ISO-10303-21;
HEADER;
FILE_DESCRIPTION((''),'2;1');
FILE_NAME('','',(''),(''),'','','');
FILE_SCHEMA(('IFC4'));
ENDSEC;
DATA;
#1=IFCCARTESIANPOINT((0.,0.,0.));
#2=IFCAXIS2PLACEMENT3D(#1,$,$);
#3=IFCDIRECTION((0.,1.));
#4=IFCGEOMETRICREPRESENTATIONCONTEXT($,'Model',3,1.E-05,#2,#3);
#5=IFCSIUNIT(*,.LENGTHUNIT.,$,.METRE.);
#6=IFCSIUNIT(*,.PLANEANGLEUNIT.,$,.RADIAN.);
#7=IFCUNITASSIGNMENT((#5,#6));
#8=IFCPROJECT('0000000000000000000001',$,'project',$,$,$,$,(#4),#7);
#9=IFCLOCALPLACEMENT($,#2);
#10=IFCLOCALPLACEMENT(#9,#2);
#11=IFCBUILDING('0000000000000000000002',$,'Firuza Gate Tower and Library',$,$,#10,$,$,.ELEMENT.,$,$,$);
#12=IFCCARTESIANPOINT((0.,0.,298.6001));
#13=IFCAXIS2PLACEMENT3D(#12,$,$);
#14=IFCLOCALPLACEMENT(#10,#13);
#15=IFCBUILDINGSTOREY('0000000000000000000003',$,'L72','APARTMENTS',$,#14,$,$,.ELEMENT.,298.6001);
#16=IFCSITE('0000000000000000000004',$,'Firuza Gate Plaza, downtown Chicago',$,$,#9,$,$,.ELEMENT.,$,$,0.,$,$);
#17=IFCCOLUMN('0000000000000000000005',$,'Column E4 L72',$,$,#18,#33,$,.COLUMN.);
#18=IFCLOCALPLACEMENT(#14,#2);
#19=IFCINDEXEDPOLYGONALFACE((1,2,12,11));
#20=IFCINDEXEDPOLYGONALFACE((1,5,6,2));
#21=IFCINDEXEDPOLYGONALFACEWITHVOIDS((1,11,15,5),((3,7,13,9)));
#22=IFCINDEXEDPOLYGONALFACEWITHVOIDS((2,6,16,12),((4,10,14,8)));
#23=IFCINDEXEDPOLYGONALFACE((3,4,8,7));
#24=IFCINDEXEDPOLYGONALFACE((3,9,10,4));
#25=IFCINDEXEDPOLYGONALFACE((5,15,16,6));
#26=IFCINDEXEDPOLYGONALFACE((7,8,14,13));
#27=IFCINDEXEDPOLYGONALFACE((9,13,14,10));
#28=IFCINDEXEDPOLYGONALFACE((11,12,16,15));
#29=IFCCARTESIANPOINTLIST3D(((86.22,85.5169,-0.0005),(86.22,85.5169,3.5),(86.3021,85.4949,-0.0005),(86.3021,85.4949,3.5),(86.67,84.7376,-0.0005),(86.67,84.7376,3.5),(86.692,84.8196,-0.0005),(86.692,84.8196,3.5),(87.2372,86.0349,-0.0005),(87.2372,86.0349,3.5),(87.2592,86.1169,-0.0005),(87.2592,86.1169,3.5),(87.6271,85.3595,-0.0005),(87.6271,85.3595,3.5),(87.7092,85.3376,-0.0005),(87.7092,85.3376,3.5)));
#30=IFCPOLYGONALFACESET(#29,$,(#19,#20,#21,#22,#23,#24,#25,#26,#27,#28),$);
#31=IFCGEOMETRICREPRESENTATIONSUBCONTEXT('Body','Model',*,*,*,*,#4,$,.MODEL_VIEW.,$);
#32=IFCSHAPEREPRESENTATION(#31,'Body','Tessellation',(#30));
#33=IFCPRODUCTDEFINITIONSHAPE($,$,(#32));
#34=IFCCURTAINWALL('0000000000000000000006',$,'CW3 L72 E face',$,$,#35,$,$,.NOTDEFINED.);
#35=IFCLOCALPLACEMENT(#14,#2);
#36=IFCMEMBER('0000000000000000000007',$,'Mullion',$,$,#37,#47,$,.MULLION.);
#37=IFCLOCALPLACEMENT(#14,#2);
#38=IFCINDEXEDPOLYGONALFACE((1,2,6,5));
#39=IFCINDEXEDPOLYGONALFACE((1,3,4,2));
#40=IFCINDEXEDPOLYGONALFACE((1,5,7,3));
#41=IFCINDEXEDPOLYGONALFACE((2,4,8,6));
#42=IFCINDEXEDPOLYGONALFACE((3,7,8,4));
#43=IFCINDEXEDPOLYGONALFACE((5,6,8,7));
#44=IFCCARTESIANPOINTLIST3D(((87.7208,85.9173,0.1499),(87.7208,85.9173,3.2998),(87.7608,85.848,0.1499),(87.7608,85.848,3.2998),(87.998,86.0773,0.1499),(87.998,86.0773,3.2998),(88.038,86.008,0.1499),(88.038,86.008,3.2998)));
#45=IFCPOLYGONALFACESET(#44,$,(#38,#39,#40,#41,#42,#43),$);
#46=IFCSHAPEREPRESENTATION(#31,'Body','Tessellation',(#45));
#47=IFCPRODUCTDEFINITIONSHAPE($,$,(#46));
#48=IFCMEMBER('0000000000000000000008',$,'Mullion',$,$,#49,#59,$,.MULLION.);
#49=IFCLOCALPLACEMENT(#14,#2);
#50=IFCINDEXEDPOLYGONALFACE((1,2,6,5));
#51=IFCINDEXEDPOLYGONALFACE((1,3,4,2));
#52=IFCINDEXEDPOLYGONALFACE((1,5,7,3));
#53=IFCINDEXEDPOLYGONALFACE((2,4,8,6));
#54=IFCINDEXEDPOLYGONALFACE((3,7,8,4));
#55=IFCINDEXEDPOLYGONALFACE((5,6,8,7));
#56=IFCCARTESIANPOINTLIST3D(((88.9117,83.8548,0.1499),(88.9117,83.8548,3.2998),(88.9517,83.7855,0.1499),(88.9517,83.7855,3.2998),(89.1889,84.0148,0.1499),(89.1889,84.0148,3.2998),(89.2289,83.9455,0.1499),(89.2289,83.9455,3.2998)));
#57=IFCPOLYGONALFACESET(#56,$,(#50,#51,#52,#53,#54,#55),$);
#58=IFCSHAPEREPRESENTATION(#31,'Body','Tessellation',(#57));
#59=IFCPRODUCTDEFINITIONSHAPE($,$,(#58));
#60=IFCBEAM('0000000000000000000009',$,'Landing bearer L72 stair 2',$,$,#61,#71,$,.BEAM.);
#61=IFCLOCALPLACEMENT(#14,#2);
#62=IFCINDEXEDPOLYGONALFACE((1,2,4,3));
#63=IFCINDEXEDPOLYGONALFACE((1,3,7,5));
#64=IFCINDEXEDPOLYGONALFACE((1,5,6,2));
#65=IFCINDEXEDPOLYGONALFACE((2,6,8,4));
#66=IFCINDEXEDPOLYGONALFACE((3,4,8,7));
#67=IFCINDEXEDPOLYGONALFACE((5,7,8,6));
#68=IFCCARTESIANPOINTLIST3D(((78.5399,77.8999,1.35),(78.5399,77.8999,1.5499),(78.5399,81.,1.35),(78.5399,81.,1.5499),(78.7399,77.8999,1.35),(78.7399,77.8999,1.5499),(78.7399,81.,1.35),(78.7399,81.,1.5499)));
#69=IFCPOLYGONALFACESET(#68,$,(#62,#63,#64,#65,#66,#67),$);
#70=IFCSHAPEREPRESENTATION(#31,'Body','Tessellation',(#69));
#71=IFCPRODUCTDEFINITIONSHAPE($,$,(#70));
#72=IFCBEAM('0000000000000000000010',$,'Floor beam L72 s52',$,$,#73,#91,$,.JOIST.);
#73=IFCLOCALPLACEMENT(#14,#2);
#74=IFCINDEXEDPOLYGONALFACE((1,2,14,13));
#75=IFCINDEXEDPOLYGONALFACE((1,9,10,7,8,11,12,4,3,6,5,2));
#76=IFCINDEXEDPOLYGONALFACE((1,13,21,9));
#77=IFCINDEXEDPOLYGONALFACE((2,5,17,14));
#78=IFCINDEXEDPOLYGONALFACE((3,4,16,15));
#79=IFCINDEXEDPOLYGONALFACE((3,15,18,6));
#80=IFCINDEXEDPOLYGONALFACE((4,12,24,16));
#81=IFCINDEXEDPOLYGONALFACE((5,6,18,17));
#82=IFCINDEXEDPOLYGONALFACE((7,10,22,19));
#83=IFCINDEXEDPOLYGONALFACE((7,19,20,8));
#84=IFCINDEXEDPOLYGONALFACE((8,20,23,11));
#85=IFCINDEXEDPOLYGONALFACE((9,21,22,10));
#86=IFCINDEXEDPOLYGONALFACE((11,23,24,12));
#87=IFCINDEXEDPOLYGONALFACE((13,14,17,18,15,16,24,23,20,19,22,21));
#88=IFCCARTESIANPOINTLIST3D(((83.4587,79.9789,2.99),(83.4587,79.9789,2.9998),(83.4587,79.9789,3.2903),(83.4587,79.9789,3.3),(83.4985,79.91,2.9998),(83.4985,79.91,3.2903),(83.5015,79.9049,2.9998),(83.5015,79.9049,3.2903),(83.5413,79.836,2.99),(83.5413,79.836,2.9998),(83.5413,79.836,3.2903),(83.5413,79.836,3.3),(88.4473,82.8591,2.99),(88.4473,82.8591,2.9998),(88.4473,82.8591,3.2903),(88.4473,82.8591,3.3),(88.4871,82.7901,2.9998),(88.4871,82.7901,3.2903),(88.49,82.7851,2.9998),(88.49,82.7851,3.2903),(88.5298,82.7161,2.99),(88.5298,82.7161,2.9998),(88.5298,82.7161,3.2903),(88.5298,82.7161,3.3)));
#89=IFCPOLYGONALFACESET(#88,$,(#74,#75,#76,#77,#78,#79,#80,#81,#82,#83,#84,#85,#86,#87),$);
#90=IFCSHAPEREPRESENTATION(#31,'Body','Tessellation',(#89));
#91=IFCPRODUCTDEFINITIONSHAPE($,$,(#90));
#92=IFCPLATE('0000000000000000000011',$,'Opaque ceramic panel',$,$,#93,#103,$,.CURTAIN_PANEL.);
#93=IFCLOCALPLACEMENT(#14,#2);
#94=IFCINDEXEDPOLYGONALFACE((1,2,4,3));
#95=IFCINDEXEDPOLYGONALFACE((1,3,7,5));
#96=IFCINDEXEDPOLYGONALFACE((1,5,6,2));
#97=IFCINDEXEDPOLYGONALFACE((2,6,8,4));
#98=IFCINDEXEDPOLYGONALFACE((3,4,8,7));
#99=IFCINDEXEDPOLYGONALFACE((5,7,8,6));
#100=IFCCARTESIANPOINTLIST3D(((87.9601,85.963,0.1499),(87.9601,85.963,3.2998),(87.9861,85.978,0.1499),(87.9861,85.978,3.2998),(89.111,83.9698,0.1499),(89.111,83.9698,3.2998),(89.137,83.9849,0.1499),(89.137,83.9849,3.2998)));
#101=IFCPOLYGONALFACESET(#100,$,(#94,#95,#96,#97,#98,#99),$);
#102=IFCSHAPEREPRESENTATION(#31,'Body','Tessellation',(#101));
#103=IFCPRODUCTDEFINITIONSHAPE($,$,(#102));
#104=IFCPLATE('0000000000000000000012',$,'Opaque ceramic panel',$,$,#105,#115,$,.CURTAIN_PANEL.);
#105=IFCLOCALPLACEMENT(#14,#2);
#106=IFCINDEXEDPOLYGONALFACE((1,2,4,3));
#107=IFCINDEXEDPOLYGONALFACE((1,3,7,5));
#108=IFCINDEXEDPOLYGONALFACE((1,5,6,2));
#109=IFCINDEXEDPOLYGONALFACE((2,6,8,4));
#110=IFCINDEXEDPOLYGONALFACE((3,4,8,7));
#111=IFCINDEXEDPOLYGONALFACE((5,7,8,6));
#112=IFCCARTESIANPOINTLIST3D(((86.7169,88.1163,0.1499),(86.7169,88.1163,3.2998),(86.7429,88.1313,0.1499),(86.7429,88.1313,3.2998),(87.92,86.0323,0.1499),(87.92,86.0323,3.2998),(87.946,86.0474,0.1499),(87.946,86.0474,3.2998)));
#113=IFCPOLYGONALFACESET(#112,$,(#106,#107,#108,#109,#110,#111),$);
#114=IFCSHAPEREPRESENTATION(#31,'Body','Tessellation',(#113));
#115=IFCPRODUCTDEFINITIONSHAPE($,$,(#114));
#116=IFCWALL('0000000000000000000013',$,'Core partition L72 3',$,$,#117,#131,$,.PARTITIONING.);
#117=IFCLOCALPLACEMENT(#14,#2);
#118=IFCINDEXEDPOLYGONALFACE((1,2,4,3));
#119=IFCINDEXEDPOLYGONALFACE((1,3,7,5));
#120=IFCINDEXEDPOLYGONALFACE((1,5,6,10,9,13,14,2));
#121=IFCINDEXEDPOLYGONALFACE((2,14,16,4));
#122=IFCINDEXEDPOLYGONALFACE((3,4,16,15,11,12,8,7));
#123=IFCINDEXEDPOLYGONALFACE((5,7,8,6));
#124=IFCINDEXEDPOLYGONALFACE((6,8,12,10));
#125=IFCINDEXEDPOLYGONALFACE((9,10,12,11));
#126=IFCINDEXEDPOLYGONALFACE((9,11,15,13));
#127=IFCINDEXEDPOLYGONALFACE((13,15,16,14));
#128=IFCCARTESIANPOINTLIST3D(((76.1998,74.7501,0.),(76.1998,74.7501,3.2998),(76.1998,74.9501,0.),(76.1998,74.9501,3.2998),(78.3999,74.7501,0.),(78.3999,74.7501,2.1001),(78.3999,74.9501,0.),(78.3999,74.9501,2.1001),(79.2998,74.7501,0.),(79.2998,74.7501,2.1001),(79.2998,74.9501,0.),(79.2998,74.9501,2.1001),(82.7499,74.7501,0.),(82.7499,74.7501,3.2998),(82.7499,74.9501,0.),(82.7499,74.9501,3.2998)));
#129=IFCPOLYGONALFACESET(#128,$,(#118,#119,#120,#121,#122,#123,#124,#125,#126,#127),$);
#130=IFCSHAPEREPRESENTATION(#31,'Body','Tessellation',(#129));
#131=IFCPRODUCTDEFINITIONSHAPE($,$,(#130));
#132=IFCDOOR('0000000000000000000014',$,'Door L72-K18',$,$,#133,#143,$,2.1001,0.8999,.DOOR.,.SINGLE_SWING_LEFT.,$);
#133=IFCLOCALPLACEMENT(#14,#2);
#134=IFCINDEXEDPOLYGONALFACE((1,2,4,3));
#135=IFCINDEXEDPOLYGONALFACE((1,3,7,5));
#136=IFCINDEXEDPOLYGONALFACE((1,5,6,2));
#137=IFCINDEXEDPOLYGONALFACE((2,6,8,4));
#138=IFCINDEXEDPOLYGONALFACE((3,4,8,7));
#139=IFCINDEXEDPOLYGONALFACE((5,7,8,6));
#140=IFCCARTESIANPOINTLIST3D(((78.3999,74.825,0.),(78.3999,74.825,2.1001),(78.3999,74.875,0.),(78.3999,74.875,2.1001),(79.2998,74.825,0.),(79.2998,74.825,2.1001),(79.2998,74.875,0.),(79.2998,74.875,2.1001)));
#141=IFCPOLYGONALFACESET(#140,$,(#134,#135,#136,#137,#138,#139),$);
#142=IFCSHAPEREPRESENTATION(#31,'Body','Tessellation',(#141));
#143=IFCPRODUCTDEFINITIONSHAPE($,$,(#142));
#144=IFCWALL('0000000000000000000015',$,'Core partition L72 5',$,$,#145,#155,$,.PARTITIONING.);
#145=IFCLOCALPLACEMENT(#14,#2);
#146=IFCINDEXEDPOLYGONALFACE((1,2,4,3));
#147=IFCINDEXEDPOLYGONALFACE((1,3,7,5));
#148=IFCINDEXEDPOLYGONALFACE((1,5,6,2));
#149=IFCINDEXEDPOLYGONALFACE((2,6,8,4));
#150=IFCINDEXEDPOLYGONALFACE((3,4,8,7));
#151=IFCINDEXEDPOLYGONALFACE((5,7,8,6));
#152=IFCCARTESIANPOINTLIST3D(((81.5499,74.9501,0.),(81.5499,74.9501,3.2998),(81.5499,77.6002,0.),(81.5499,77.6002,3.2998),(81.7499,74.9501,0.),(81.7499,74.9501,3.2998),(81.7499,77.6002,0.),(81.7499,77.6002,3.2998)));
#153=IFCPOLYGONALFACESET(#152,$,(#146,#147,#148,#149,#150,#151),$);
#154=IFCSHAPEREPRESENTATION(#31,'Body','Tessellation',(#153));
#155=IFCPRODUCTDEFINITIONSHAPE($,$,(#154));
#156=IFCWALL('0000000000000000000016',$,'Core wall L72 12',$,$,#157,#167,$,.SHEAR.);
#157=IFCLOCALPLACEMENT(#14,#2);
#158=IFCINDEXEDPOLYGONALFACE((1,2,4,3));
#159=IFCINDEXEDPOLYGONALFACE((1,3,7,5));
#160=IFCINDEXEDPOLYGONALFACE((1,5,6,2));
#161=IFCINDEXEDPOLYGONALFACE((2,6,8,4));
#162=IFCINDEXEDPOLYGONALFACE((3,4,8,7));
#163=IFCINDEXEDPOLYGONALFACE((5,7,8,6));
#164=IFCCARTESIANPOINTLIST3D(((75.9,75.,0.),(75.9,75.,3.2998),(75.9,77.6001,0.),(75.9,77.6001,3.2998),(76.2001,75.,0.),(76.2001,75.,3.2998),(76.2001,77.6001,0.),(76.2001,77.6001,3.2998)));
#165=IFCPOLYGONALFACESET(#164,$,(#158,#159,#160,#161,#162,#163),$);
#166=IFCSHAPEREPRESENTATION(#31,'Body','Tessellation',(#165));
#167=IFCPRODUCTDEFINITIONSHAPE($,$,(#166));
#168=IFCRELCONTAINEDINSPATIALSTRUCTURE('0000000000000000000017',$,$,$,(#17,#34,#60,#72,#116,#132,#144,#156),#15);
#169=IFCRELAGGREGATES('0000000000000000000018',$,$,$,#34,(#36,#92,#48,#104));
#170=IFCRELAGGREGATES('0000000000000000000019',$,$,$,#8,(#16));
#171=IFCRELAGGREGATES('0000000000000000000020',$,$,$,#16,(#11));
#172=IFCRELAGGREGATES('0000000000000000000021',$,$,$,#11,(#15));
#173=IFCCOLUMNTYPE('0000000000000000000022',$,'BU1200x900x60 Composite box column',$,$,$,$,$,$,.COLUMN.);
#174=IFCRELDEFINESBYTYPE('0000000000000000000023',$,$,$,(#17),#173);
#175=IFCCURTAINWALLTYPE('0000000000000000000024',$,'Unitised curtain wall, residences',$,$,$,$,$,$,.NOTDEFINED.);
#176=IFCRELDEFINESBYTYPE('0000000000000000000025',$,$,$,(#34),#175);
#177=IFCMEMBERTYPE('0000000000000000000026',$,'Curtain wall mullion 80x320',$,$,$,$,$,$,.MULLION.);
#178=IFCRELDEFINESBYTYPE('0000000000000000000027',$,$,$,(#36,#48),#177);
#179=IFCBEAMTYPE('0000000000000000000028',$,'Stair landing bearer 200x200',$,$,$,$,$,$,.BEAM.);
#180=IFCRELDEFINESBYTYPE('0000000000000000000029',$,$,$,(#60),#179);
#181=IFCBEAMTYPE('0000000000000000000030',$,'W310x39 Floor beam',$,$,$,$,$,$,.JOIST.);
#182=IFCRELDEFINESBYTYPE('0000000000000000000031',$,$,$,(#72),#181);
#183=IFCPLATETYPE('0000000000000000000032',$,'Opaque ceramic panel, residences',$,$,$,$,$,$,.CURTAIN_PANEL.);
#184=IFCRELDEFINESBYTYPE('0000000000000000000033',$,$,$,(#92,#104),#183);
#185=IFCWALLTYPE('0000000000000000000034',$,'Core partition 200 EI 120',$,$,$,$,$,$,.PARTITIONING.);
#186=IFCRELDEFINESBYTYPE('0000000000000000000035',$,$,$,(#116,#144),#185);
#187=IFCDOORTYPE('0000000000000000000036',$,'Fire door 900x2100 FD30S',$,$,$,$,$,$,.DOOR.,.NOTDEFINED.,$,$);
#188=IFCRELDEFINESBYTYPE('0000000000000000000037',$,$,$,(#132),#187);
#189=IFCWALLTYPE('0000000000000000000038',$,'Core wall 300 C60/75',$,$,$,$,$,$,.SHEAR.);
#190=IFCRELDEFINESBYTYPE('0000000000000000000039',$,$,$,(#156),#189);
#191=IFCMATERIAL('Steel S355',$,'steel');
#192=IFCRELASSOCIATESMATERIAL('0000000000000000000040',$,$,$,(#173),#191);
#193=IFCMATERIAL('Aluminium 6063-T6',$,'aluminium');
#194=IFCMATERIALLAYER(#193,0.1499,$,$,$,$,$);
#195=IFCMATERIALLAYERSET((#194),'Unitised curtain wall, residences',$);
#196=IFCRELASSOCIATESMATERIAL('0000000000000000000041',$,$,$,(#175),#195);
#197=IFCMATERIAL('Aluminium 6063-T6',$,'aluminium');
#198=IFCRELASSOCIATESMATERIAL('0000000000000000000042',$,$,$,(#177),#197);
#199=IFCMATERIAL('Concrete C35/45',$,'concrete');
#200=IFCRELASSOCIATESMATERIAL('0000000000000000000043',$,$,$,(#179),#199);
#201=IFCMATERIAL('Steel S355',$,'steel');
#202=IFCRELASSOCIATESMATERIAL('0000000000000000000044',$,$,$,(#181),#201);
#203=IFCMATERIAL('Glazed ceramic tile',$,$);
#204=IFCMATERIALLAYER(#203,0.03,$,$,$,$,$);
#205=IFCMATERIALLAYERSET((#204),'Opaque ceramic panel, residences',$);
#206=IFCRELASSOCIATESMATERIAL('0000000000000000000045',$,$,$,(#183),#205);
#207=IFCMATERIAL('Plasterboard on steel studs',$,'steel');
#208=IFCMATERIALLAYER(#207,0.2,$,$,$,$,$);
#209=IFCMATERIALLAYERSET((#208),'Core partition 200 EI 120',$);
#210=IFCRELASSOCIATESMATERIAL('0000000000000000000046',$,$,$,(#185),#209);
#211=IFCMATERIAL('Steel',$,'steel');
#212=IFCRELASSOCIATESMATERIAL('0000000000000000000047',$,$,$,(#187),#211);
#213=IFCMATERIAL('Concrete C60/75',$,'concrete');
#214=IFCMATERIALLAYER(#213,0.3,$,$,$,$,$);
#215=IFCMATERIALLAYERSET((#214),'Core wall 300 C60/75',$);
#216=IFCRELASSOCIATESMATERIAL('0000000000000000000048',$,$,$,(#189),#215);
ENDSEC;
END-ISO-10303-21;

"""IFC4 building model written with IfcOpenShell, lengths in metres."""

from ifc_helpers import new_model, si_unit, direction, frame, frame_2d, origin, origin_2d, place, context, subcontext, project, spatial, polyline, rectangle, hollow_rectangle, i_section, outline, extrude, material, layer, layer_set, material_profile, profile_set, type_object, element, fill, aggregate, save


model = new_model("IFC4")

# Units and contexts
model_context = context("Model", 3, precision=1e-05, world=origin(), true_north=direction((0.0, 1.0)))
body_context = subcontext(model_context, "Body", "Model", "MODEL_VIEW")
ifc_project = project(units=[si_unit("LENGTHUNIT", "METRE"), si_unit("PLANEANGLEUNIT", "RADIAN")], contexts=[model_context])

# Site, building, storey
site_placement = place(None, origin())
site = spatial("IfcSite", under=ifc_project, at=site_placement, Name="Firuza Gate Plaza, downtown Chicago", CompositionType="ELEMENT", RefElevation=0.0)
building_placement = place(site_placement, origin())
building = spatial("IfcBuilding", under=site, at=building_placement, Name="Firuza Gate Tower and Library", CompositionType="ELEMENT")
storey_placement = place(building_placement, frame((0.0, 0.0, 298.6001)))
storey = spatial("IfcBuildingStorey", under=building, at=storey_placement, Name="L72", Description="APARTMENTS", CompositionType="ELEMENT", Elevation=298.6001)

# Column
ifc_material_1 = material(Name="Steel S355", Category="steel")
ifc_material_profile_1 = material_profile(ifc_material_1, hollow_rectangle(XDim=0.8999, YDim=1.2, WallThickness=0.0601, at=origin_2d()))
ifc_profile_set_1 = profile_set([ifc_material_profile_1], Name="Steel S355")
column_type = type_object("IfcColumnType", Name="BU1200x900x60 Composite box column", PredefinedType="COLUMN", material=ifc_profile_set_1)
column_placement = place(storey_placement, frame((86.9646, 85.4272, -0.0005), z_axis=(0.0, 0.0, 1.0), x_axis=(-0.5, 0.866025, 0.0)))
element("IfcColumn", 1, at=column_placement, inside=storey, type_object=column_type, Name="Column E4 L72", PredefinedType="COLUMN", context=body_context, shape_type="SweptSolid", body=[
    extrude(hollow_rectangle(XDim=0.8999, YDim=1.2, WallThickness=0.0601, at=origin_2d()), origin(), (0.0, 0.0, 1.0), 3.5005),
])

# Curtain wall, members
ifc_material_2 = material(Name="Aluminium 6063-T6", Category="aluminium")
ifc_layer_1 = layer(ifc_material_2, 0.1499)
ifc_layer_set_1 = layer_set([ifc_layer_1], Name="Unitised curtain wall, residences")
curtain_wall_type = type_object("IfcCurtainWallType", Name="Unitised curtain wall, residences", PredefinedType="NOTDEFINED", material=ifc_layer_set_1)
placement = place(storey_placement, origin())
curtain_wall = element("IfcCurtainWall", 2, at=placement, inside=storey, type_object=curtain_wall_type, Name="CW3 L72 E face", PredefinedType="NOTDEFINED")
ifc_material_3 = material(Name="Aluminium 6063-T6", Category="aluminium")
ifc_material_profile_2 = material_profile(ifc_material_3, rectangle(XDim=0.3201, YDim=0.0801, at=origin_2d()))
ifc_profile_set_2 = profile_set([ifc_material_profile_2], Name="Aluminium 6063-T6")
member_type = type_object("IfcMemberType", Name="Curtain wall mullion 80x320", PredefinedType="MULLION", material=ifc_profile_set_2)
member_1_placement = place(storey_placement, frame((87.8794, 85.9626, 0.1499), z_axis=(0.0, 0.0, 1.0), x_axis=(-0.866025, -0.5, 0.0)))
member_1 = element("IfcMember", 3, at=member_1_placement, type_object=member_type, Name="Mullion", PredefinedType="MULLION", context=body_context, shape_type="SweptSolid", body=[
    extrude(rectangle(XDim=0.3201, YDim=0.0801, at=origin_2d()), origin(), (0.0, 0.0, 1.0), 3.1499),
])
member_2_placement = place(storey_placement, frame((89.0703, 83.9001, 0.1499), z_axis=(0.0, 0.0, 1.0), x_axis=(-0.866025, -0.5, 0.0)))
member_2 = element("IfcMember", 4, at=member_2_placement, type_object=member_type, Name="Mullion", PredefinedType="MULLION", context=body_context, shape_type="SweptSolid", body=[
    extrude(rectangle(XDim=0.3201, YDim=0.0801, at=origin_2d()), origin(), (0.0, 0.0, 1.0), 3.1499),
])

# Beams
ifc_material_4 = material(Name="Concrete C35/45", Category="concrete")
ifc_material_profile_3 = material_profile(ifc_material_4, rectangle(XDim=0.2, YDim=0.2, at=origin_2d()))
ifc_profile_set_3 = profile_set([ifc_material_profile_3], Name="Concrete C35/45")
beam_type_1 = type_object("IfcBeamType", Name="Stair landing bearer 200x200", PredefinedType="BEAM", material=ifc_profile_set_3)
beam_1_placement = place(storey_placement, frame((78.6399, 81.0, 1.45), z_axis=(0.0, -1.0, 0.0), x_axis=(1.0, 0.0, 0.0)))
element("IfcBeam", 5, at=beam_1_placement, inside=storey, type_object=beam_type_1, Name="Landing bearer L72 stair 2", PredefinedType="BEAM", context=body_context, shape_type="SweptSolid", body=[
    extrude(rectangle(XDim=0.2, YDim=0.2, at=origin_2d()), origin(), (0.0, 0.0, 1.0), 3.1001),
])
ifc_material_5 = material(Name="Steel S355", Category="steel")
ifc_material_profile_4 = material_profile(ifc_material_5, i_section(OverallWidth=0.165, OverallDepth=0.3101, WebThickness=0.0059, FlangeThickness=0.0098, at=origin_2d()))
ifc_profile_set_4 = profile_set([ifc_material_profile_4], Name="Steel S355")
beam_type_2 = type_object("IfcBeamType", Name="W310x39 Floor beam", PredefinedType="JOIST", material=ifc_profile_set_4)
beam_2_placement = place(storey_placement, frame((88.4885, 82.7876, 3.145), z_axis=(-0.866025, -0.5, 0.0), x_axis=(0.5, -0.866025, 0.0)))
element("IfcBeam", 6, at=beam_2_placement, inside=storey, type_object=beam_type_2, Name="Floor beam L72 s52", PredefinedType="JOIST", context=body_context, shape_type="SweptSolid", body=[
    extrude(i_section(OverallWidth=0.165, OverallDepth=0.3101, WebThickness=0.0059, FlangeThickness=0.0098, at=origin_2d()), origin(), (0.0, 0.0, 1.0), 5.7603),
])

# Plates
ifc_material_6 = material(Name="Glazed ceramic tile")
ifc_layer_2 = layer(ifc_material_6, 0.03)
ifc_layer_set_2 = layer_set([ifc_layer_2], Name="Opaque ceramic panel, residences")
plate_type = type_object("IfcPlateType", Name="Opaque ceramic panel, residences", PredefinedType="CURTAIN_PANEL", material=ifc_layer_set_2)
plate_1_placement = place(storey_placement, frame((89.137, 83.9849, 0.1499), z_axis=(0.866002, 0.500041, 0.0), x_axis=(-0.500041, 0.866002, 0.0)))
plate_1 = element("IfcPlate", 7, at=plate_1_placement, type_object=plate_type, Name="Opaque ceramic panel", PredefinedType="CURTAIN_PANEL", context=body_context, shape_type="SweptSolid", body=[
    extrude(outline(polyline([(0.0, 0.0), (2.3016, 0.0), (2.3016, 3.1499), (0.0, 3.1499), (0.0, 0.0)])), origin(), (0.0, 0.0, -1.0), 0.03),
])
plate_2_placement = place(storey_placement, frame((87.946, 86.0474, 0.1499), z_axis=(0.866037, 0.49998, 0.0), x_axis=(-0.49998, 0.866037, 0.0)))
plate_2 = element("IfcPlate", 8, at=plate_2_placement, type_object=plate_type, Name="Opaque ceramic panel", PredefinedType="CURTAIN_PANEL", context=body_context, shape_type="SweptSolid", body=[
    extrude(outline(polyline([(0.0, 0.0), (2.4063, 0.0), (2.4063, 3.1499), (0.0, 3.1499), (0.0, 0.0)])), origin(), (0.0, 0.0, -1.0), 0.03),
])
aggregate(curtain_wall, [member_1, plate_1, member_2, plate_2])

# Wall, opening, door
ifc_material_7 = material(Name="Plasterboard on steel studs", Category="steel")
ifc_layer_3 = layer(ifc_material_7, 0.2)
ifc_layer_set_3 = layer_set([ifc_layer_3], Name="Core partition 200 EI 120")
wall_type_1 = type_object("IfcWallType", Name="Core partition 200 EI 120", PredefinedType="PARTITIONING", material=ifc_layer_set_3)
wall_1_placement = place(storey_placement, frame((76.2, 74.8501, 0.0), z_axis=(0.0, 0.0, 1.0), x_axis=(1.0, 0.0, 0.0)))
wall_1 = element("IfcWall", 9, at=wall_1_placement, inside=storey, type_object=wall_type_1, Name="Core partition L72 3", PredefinedType="PARTITIONING", context=body_context, shape_type="SweptSolid", body=[
    extrude(rectangle(XDim=6.55, YDim=0.2, at=frame_2d((3.2749, 0.0))), origin(), (0.0, 0.0, 1.0), 3.2998),
])
opening_1_placement = place(wall_1_placement, frame((2.2, 0.0, 0.0)))
opening_1 = element("IfcOpeningElement", 10, at=opening_1_placement, cuts=wall_1, PredefinedType="OPENING", context=body_context, shape_type="SweptSolid", body=[
    extrude(rectangle(XDim=0.8999, YDim=2.1001, at=frame_2d((0.45, 1.05))), frame((0.0, 0.1099, 0.0), z_axis=(0.0, -1.0, 0.0), x_axis=(1.0, 0.0, 0.0)), (0.0, 0.0, 1.0), 0.22),
])
ifc_material_8 = material(Name="Steel", Category="steel")
door_type_1 = type_object("IfcDoorType", Name="Fire door 900x2100 FD30S", OperationType="NOTDEFINED", PredefinedType="DOOR", material=ifc_material_8)
door_1_placement = place(opening_1_placement, origin())
door_1 = element("IfcDoor", 11, at=door_1_placement, inside=storey, type_object=door_type_1, Name="Door L72-K18", OperationType="SINGLE_SWING_LEFT", OverallHeight=2.1001, OverallWidth=0.8999, PredefinedType="DOOR", context=body_context, shape_type="SweptSolid", body=[
    extrude(rectangle(XDim=0.8999, YDim=2.1001, at=frame_2d((0.45, 1.05))), frame((0.0, 0.0249, 0.0), z_axis=(0.0, -1.0, 0.0), x_axis=(1.0, 0.0, 0.0)), (0.0, 0.0, 1.0), 0.05),
])
fill(opening_1, door_1)

# Walls
wall_2_placement = place(storey_placement, frame((81.6499, 74.95, 0.0), z_axis=(0.0, 0.0, 1.0), x_axis=(0.0, 1.0, 0.0)))
element("IfcWall", 12, at=wall_2_placement, inside=storey, type_object=wall_type_1, Name="Core partition L72 5", PredefinedType="PARTITIONING", context=body_context, shape_type="SweptSolid", body=[
    extrude(rectangle(XDim=2.6501, YDim=0.2, at=frame_2d((1.3252, 0.0))), origin(), (0.0, 0.0, 1.0), 3.2998),
])
ifc_material_9 = material(Name="Concrete C60/75", Category="concrete")
ifc_layer_4 = layer(ifc_material_9, 0.3)
ifc_layer_set_4 = layer_set([ifc_layer_4], Name="Core wall 300 C60/75")
wall_type_2 = type_object("IfcWallType", Name="Core wall 300 C60/75", PredefinedType="SHEAR", material=ifc_layer_set_4)
wall_3_placement = place(storey_placement, frame((76.05, 75.0, 0.0), z_axis=(0.0, 0.0, 1.0), x_axis=(0.0, 1.0, 0.0)))
element("IfcWall", 13, at=wall_3_placement, inside=storey, type_object=wall_type_2, Name="Core wall L72 12", PredefinedType="SHEAR", context=body_context, shape_type="SweptSolid", body=[
    extrude(rectangle(XDim=2.6001, YDim=0.3, at=frame_2d((1.3, 0.0))), origin(), (0.0, 0.0, 1.0), 3.2998),
])

save(model, "model.ifc")
